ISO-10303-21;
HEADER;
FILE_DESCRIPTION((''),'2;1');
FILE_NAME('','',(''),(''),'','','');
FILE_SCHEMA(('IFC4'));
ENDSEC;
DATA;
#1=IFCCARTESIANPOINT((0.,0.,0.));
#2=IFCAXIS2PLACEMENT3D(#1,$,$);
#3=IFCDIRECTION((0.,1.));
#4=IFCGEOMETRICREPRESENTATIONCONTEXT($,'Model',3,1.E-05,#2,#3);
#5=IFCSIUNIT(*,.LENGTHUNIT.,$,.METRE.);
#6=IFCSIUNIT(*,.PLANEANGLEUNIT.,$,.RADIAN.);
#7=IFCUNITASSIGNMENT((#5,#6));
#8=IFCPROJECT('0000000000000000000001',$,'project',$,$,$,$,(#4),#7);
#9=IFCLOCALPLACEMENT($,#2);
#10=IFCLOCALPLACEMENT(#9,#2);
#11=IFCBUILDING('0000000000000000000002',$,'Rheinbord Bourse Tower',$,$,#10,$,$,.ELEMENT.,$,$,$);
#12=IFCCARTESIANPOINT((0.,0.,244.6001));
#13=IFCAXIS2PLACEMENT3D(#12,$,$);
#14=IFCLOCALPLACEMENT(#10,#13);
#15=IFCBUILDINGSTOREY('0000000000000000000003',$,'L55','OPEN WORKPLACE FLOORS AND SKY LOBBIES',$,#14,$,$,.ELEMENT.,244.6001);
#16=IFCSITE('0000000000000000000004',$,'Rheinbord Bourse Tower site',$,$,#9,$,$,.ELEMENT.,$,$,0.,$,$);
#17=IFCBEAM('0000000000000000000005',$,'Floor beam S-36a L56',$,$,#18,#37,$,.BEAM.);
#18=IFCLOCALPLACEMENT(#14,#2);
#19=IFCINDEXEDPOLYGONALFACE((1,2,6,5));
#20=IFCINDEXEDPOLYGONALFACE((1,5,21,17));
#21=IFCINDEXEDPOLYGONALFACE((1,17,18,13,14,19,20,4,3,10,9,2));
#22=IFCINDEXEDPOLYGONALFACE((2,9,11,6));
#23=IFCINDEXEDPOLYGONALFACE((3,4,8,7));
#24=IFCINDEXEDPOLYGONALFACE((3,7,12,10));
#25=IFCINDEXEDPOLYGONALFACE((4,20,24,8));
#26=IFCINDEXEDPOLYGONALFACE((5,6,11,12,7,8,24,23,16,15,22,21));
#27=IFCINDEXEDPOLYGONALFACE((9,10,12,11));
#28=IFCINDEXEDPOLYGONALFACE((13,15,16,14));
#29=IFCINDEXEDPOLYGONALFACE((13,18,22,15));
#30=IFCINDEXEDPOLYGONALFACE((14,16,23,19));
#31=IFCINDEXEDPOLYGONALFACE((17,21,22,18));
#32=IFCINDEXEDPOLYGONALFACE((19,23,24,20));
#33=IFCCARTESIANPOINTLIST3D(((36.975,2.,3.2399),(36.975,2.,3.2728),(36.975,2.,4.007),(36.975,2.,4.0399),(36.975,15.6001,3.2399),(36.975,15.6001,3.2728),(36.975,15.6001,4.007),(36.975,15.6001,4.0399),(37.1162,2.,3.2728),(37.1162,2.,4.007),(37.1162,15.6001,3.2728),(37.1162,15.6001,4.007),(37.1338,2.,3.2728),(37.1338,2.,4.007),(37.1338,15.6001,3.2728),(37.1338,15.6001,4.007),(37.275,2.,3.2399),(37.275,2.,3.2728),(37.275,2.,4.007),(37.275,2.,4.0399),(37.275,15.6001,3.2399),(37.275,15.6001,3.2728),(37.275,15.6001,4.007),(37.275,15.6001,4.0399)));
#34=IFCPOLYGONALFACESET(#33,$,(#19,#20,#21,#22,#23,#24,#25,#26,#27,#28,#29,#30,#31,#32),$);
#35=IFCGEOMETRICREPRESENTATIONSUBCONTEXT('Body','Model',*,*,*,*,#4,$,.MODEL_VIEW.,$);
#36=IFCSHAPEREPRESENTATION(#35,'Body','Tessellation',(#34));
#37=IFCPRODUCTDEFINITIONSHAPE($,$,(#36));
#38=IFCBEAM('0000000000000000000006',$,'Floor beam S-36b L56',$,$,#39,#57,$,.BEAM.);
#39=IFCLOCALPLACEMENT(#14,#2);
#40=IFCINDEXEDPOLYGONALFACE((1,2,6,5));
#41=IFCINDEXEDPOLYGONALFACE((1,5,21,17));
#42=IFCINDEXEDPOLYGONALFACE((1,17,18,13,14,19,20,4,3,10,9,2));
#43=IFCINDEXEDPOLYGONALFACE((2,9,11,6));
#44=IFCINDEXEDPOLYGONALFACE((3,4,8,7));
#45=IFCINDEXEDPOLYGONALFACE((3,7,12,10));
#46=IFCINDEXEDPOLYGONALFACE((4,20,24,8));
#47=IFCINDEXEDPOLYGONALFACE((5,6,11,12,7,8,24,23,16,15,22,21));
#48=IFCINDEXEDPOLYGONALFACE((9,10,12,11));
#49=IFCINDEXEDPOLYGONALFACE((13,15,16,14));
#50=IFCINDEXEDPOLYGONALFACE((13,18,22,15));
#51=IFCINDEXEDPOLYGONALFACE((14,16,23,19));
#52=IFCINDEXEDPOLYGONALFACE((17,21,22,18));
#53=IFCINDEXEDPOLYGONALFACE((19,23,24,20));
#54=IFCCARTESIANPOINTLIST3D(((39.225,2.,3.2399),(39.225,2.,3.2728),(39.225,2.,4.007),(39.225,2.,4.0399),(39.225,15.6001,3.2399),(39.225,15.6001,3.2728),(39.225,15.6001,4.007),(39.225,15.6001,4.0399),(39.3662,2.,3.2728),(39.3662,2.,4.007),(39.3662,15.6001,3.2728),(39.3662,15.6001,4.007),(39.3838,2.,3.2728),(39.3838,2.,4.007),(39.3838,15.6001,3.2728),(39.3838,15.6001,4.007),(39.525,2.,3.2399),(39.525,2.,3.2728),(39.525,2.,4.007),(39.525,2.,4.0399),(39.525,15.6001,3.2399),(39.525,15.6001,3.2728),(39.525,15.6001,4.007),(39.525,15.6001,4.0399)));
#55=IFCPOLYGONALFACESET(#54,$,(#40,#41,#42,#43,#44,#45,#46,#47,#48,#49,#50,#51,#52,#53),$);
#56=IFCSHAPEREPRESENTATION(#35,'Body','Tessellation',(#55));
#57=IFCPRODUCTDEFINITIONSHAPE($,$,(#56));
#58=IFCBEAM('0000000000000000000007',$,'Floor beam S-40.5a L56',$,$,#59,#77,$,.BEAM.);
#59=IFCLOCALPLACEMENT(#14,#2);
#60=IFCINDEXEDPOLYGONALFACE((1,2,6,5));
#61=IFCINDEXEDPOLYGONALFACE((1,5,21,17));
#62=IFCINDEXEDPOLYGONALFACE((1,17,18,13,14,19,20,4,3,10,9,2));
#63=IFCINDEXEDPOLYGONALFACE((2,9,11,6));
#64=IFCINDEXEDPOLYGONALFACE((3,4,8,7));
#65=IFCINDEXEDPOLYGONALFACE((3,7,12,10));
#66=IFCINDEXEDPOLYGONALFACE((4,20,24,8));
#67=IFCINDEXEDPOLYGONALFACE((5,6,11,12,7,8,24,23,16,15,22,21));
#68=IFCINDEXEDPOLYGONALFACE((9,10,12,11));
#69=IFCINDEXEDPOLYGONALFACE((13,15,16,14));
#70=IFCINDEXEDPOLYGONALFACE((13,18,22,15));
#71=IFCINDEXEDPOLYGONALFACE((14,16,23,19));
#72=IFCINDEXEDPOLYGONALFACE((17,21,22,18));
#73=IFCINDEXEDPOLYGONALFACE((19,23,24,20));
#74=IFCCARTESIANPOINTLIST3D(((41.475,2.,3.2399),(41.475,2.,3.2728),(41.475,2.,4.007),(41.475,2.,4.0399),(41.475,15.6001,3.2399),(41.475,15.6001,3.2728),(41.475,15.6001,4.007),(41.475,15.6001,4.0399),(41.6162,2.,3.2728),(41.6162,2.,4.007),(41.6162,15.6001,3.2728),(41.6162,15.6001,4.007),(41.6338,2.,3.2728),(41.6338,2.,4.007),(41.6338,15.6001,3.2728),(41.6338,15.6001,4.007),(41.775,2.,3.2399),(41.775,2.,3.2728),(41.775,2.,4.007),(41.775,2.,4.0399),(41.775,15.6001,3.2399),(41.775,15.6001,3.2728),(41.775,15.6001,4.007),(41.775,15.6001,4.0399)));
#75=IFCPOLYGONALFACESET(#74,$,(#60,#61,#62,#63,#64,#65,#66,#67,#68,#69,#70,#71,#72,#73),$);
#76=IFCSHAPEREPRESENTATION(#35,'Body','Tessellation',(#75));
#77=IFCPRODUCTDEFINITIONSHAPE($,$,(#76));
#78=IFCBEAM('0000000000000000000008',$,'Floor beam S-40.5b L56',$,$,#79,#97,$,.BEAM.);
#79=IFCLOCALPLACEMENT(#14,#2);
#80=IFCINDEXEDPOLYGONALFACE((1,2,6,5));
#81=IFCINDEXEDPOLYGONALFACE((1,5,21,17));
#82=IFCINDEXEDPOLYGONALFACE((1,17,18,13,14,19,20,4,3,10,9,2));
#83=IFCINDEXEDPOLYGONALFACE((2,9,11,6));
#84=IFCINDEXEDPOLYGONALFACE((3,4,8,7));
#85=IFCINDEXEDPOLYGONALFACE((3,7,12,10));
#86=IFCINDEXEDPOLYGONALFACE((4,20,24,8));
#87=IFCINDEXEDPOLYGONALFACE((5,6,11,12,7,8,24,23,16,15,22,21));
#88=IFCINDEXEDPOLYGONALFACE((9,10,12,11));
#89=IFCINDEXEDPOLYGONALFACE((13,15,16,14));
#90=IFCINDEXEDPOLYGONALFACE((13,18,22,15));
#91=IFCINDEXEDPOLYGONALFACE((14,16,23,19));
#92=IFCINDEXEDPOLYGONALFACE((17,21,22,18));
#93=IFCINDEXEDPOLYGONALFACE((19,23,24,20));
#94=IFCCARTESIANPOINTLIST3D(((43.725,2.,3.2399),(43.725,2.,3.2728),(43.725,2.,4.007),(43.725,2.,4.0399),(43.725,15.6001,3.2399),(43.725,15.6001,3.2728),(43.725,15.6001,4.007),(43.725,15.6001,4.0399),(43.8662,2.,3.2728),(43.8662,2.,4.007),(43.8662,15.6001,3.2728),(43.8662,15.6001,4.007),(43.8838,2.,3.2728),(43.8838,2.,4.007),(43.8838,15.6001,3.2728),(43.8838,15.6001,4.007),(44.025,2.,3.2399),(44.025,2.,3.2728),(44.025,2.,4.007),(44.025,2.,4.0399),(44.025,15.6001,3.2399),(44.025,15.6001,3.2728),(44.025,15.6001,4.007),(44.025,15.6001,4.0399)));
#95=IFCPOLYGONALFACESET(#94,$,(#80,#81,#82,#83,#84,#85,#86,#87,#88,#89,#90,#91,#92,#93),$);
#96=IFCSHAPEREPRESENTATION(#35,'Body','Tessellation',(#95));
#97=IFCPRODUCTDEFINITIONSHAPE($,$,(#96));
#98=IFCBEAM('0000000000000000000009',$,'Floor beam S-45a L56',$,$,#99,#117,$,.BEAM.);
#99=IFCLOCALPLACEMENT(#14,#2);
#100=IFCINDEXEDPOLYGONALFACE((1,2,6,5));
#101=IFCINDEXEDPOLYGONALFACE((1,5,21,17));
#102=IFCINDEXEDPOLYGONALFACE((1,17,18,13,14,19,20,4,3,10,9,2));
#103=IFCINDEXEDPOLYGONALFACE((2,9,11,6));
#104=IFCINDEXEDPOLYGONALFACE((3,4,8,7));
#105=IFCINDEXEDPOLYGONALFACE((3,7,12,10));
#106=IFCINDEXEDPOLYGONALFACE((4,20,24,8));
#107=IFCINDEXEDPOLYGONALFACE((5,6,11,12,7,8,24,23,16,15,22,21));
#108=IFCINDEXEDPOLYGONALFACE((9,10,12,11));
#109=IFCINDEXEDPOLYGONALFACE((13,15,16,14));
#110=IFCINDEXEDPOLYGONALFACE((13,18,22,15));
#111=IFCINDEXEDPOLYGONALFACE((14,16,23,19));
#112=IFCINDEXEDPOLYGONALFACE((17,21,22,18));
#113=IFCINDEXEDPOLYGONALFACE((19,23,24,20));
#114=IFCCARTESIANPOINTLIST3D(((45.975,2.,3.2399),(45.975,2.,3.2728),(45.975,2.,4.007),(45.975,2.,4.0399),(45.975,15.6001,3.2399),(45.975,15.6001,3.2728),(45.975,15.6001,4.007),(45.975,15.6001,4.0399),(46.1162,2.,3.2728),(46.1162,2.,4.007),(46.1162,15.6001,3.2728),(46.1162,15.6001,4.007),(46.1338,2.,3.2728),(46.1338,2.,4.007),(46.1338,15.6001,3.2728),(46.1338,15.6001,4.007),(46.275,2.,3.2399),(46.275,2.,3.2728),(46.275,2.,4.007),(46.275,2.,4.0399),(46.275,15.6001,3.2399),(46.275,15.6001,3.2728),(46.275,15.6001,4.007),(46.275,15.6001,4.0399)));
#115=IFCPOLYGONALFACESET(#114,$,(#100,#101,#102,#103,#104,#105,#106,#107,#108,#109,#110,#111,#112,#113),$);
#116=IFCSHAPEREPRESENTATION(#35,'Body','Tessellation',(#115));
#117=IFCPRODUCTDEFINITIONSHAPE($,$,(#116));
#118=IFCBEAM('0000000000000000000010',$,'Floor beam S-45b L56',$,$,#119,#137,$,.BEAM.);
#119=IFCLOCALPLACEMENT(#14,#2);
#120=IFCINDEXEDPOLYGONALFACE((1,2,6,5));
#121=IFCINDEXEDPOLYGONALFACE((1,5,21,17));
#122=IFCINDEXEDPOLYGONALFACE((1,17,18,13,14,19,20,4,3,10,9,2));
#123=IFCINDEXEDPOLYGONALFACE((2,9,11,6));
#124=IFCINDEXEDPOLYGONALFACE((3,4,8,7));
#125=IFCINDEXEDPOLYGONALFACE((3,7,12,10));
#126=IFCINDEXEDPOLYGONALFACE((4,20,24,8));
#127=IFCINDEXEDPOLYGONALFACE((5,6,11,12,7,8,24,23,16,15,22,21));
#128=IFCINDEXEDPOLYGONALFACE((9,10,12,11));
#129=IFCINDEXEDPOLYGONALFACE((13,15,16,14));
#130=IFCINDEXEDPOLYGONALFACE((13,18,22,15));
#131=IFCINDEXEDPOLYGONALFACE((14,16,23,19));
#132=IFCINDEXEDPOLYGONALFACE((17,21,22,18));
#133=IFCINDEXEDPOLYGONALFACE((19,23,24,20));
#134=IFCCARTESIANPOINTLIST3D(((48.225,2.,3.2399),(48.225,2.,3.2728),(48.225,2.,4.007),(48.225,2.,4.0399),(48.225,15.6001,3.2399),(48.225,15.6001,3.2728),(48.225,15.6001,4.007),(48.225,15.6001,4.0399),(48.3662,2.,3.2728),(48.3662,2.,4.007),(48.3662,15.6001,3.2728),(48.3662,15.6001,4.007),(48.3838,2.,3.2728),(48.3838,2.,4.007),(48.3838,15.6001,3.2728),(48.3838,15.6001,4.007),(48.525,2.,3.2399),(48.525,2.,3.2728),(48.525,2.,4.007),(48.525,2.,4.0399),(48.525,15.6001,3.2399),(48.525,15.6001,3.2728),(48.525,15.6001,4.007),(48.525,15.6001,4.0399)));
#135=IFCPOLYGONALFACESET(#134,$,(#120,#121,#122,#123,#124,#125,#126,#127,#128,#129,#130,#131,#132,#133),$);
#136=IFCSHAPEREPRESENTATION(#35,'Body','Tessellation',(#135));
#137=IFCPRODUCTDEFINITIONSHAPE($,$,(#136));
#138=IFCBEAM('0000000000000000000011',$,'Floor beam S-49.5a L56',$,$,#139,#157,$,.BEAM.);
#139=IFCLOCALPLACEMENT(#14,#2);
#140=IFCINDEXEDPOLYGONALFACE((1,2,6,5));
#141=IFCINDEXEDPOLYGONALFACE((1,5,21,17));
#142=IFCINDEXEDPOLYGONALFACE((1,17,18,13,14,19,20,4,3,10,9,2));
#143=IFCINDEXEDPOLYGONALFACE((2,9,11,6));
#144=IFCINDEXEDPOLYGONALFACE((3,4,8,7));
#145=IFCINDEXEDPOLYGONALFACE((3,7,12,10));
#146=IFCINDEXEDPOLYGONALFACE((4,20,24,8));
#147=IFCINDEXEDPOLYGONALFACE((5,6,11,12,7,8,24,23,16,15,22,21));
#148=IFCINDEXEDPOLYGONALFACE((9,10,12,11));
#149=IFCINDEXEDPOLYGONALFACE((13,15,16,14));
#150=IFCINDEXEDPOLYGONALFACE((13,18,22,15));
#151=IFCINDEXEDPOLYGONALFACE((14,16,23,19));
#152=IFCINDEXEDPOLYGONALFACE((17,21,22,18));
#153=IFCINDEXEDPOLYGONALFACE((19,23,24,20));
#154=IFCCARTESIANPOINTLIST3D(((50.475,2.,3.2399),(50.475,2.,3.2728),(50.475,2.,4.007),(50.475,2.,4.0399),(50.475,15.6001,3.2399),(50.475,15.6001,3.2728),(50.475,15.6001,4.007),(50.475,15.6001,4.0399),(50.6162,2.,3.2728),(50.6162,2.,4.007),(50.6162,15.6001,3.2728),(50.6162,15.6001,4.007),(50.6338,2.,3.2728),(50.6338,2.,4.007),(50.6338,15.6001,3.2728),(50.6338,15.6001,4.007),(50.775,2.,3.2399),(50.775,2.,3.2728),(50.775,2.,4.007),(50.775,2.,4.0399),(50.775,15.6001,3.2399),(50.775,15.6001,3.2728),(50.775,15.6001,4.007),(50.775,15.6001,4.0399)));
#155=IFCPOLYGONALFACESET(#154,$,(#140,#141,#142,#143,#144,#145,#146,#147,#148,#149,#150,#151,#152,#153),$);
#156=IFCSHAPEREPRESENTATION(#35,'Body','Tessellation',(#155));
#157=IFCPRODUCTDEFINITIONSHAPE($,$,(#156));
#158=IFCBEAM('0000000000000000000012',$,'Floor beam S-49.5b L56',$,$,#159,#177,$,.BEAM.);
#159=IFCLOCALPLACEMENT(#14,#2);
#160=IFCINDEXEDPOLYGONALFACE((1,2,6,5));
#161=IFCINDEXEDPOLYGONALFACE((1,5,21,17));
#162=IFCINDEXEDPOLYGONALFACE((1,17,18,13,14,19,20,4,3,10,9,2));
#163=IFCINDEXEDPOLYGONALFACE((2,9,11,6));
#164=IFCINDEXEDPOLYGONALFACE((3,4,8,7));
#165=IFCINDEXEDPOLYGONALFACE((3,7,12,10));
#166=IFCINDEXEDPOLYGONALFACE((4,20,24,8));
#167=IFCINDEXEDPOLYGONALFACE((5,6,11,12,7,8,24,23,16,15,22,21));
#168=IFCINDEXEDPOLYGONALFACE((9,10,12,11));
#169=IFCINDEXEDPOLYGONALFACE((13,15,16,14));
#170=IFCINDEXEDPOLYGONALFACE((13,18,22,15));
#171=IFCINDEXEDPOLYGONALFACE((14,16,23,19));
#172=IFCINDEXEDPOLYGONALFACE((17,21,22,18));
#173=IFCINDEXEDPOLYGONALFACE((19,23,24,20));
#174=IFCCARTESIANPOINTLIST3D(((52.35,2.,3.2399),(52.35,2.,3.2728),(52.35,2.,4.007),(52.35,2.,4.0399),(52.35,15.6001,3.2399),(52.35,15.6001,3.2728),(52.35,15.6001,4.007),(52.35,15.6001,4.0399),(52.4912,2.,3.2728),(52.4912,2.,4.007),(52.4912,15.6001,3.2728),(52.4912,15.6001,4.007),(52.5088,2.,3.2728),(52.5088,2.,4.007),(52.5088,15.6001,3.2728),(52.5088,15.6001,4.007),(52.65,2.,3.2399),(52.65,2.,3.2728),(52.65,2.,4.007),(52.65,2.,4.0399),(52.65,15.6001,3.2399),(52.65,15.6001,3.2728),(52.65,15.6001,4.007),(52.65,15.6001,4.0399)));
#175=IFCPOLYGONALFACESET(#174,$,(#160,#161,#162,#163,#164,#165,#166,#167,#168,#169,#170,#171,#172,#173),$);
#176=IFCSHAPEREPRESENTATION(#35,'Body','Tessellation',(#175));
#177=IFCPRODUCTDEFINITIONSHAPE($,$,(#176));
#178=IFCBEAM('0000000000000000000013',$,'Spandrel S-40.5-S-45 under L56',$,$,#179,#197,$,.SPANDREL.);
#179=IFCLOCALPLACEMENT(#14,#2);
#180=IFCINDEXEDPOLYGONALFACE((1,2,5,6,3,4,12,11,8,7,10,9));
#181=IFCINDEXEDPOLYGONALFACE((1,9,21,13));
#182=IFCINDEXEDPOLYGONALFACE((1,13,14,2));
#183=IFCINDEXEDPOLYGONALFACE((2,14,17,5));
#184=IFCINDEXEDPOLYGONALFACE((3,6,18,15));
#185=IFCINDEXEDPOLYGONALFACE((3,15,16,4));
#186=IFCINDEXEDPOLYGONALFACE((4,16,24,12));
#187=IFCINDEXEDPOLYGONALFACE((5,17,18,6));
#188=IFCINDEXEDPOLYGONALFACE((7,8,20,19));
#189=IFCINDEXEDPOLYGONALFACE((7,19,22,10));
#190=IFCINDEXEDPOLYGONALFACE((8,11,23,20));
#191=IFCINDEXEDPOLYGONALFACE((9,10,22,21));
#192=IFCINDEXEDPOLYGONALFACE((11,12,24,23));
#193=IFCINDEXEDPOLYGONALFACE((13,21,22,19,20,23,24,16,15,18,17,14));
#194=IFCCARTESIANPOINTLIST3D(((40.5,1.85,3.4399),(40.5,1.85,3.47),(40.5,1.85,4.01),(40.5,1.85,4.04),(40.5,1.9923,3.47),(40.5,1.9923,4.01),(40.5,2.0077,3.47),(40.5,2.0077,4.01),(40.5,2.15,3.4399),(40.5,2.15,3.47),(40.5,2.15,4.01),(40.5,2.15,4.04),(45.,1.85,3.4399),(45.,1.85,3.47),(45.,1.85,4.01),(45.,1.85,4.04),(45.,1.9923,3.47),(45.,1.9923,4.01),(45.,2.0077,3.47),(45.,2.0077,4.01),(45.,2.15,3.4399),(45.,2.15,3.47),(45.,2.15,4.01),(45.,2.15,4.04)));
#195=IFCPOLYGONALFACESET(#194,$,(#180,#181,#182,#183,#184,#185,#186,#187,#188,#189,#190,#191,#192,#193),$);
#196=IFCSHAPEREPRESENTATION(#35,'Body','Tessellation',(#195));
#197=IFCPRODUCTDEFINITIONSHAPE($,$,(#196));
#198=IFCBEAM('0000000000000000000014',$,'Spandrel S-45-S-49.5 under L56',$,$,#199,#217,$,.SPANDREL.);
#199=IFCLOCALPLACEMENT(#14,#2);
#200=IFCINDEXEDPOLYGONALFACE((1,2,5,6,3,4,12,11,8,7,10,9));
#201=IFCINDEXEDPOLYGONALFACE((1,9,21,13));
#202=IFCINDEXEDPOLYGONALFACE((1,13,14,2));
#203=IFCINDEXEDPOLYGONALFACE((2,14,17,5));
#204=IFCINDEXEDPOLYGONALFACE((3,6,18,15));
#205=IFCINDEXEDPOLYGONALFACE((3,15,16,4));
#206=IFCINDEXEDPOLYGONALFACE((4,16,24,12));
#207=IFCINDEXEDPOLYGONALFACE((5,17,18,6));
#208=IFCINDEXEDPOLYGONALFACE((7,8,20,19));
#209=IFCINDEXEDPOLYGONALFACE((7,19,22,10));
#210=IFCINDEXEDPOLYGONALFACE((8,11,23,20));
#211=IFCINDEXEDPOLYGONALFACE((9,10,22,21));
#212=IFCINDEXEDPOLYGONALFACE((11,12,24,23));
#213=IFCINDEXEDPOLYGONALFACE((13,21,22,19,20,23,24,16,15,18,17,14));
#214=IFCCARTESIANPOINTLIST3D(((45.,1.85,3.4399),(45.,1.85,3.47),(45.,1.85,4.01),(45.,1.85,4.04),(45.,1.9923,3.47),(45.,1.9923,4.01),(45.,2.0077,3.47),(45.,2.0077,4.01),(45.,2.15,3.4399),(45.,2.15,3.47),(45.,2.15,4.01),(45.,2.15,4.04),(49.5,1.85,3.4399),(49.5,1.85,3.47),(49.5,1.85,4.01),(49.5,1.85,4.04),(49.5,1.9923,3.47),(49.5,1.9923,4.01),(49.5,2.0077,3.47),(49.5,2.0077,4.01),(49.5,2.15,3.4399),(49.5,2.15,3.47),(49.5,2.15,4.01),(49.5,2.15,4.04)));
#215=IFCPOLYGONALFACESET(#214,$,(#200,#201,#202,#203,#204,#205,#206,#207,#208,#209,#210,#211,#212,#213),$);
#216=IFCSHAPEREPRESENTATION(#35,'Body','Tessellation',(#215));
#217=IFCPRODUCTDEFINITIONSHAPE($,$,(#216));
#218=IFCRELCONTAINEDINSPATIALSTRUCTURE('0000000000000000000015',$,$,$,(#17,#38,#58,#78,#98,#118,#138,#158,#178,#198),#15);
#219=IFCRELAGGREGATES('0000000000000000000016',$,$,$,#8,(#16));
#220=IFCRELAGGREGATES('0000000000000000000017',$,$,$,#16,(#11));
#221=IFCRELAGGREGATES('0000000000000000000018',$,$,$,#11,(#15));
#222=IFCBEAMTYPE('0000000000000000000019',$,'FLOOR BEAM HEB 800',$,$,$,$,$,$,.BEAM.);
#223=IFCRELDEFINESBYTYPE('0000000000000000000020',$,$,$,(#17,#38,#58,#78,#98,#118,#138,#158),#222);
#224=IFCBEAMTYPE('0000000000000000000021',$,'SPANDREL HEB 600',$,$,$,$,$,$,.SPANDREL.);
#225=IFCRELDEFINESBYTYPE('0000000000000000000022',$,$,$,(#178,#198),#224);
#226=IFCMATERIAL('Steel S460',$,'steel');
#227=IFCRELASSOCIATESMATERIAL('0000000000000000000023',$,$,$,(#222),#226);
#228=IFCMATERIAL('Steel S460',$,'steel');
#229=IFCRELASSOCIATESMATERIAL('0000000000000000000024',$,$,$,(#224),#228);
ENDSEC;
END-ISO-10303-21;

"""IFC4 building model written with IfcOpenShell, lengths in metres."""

from ifc_helpers import new_model, si_unit, direction, frame, origin, origin_2d, place, context, subcontext, project, spatial, i_section, extrude, material, material_profile, profile_set, type_object, element, save


model = new_model("IFC4")

# Units and contexts
model_context = context("Model", 3, precision=1e-05, world=origin(), true_north=direction((0.0, 1.0)))
body_context = subcontext(model_context, "Body", "Model", "MODEL_VIEW")
ifc_project = project(units=[si_unit("LENGTHUNIT", "METRE"), si_unit("PLANEANGLEUNIT", "RADIAN")], contexts=[model_context])

# Site, building, storey
site_placement = place(None, origin())
site = spatial("IfcSite", under=ifc_project, at=site_placement, Name="Rheinbord Bourse Tower site", CompositionType="ELEMENT", RefElevation=0.0)
building_placement = place(site_placement, origin())
building = spatial("IfcBuilding", under=site, at=building_placement, Name="Rheinbord Bourse Tower", CompositionType="ELEMENT")
storey_placement = place(building_placement, frame((0.0, 0.0, 244.6001)))
storey = spatial("IfcBuildingStorey", under=building, at=storey_placement, Name="L55", Description="OPEN WORKPLACE FLOORS AND SKY LOBBIES", CompositionType="ELEMENT", Elevation=244.6001)

# Beams
ifc_material_1 = material(Name="Steel S460", Category="steel")
ifc_material_profile_1 = material_profile(ifc_material_1, i_section(OverallWidth=0.3, OverallDepth=0.8, WebThickness=0.0176, FlangeThickness=0.033, at=origin_2d()), Name="HEB 800")
ifc_profile_set_1 = profile_set([ifc_material_profile_1], Name="Steel S460")
beam_type_1 = type_object("IfcBeamType", Name="FLOOR BEAM HEB 800", PredefinedType="BEAM", material=ifc_profile_set_1)
for number, where, z_axis, x_axis, name in (
    (1, (37.125, 2.0, 3.6399), (0.0, 1.0, 0.0), (-1.0, 0.0, 0.0), "Floor beam S-36a L56"),
    (2, (39.375, 2.0, 3.6399), (0.0, 1.0, 0.0), (-1.0, 0.0, 0.0), "Floor beam S-36b L56"),
    (3, (41.625, 2.0, 3.6399), (0.0, 1.0, 0.0), (-1.0, 0.0, 0.0), "Floor beam S-40.5a L56"),
    (4, (43.875, 2.0, 3.6399), (0.0, 1.0, 0.0), (-1.0, 0.0, 0.0), "Floor beam S-40.5b L56"),
    (5, (46.125, 2.0, 3.6399), (0.0, 1.0, 0.0), (-1.0, 0.0, 0.0), "Floor beam S-45a L56"),
    (6, (48.375, 2.0, 3.6399), (0.0, 1.0, 0.0), (-1.0, 0.0, 0.0), "Floor beam S-45b L56"),
    (7, (50.625, 2.0, 3.6399), (0.0, 1.0, 0.0), (-1.0, 0.0, 0.0), "Floor beam S-49.5a L56"),
    (8, (52.5, 2.0, 3.6399), (0.0, 1.0, 0.0), (-1.0, 0.0, 0.0), "Floor beam S-49.5b L56"),
):
    element("IfcBeam", number, at=place(storey_placement, frame(where, z_axis=z_axis, x_axis=x_axis)), inside=storey, type_object=beam_type_1, Name=name, PredefinedType="BEAM", context=body_context, shape_type="SweptSolid", body=[
        extrude(i_section(OverallWidth=0.3, OverallDepth=0.8, WebThickness=0.0176, FlangeThickness=0.033, at=origin_2d()), origin(), (0.0, 0.0, 1.0), 13.6001),
    ])
ifc_material_2 = material(Name="Steel S460", Category="steel")
ifc_material_profile_2 = material_profile(ifc_material_2, i_section(OverallWidth=0.3, OverallDepth=0.6001, WebThickness=0.0154, FlangeThickness=0.03, at=origin_2d()), Name="HEB 600")
ifc_profile_set_2 = profile_set([ifc_material_profile_2], Name="Steel S460")
beam_type_2 = type_object("IfcBeamType", Name="SPANDREL HEB 600", PredefinedType="SPANDREL", material=ifc_profile_set_2)
for number, where, z_axis, x_axis, name in (
    (9, (40.5, 2.0, 3.74), (1.0, 0.0, 0.0), (0.0, 1.0, 0.0), "Spandrel S-40.5-S-45 under L56"),
    (10, (45.0, 2.0, 3.74), (1.0, 0.0, 0.0), (0.0, 1.0, 0.0), "Spandrel S-45-S-49.5 under L56"),
):
    element("IfcBeam", number, at=place(storey_placement, frame(where, z_axis=z_axis, x_axis=x_axis)), inside=storey, type_object=beam_type_2, Name=name, PredefinedType="SPANDREL", context=body_context, shape_type="SweptSolid", body=[
        extrude(i_section(OverallWidth=0.3, OverallDepth=0.6001, WebThickness=0.0154, FlangeThickness=0.03, at=origin_2d()), origin(), (0.0, 0.0, 1.0), 4.5),
    ])

save(model, "model.ifc")
